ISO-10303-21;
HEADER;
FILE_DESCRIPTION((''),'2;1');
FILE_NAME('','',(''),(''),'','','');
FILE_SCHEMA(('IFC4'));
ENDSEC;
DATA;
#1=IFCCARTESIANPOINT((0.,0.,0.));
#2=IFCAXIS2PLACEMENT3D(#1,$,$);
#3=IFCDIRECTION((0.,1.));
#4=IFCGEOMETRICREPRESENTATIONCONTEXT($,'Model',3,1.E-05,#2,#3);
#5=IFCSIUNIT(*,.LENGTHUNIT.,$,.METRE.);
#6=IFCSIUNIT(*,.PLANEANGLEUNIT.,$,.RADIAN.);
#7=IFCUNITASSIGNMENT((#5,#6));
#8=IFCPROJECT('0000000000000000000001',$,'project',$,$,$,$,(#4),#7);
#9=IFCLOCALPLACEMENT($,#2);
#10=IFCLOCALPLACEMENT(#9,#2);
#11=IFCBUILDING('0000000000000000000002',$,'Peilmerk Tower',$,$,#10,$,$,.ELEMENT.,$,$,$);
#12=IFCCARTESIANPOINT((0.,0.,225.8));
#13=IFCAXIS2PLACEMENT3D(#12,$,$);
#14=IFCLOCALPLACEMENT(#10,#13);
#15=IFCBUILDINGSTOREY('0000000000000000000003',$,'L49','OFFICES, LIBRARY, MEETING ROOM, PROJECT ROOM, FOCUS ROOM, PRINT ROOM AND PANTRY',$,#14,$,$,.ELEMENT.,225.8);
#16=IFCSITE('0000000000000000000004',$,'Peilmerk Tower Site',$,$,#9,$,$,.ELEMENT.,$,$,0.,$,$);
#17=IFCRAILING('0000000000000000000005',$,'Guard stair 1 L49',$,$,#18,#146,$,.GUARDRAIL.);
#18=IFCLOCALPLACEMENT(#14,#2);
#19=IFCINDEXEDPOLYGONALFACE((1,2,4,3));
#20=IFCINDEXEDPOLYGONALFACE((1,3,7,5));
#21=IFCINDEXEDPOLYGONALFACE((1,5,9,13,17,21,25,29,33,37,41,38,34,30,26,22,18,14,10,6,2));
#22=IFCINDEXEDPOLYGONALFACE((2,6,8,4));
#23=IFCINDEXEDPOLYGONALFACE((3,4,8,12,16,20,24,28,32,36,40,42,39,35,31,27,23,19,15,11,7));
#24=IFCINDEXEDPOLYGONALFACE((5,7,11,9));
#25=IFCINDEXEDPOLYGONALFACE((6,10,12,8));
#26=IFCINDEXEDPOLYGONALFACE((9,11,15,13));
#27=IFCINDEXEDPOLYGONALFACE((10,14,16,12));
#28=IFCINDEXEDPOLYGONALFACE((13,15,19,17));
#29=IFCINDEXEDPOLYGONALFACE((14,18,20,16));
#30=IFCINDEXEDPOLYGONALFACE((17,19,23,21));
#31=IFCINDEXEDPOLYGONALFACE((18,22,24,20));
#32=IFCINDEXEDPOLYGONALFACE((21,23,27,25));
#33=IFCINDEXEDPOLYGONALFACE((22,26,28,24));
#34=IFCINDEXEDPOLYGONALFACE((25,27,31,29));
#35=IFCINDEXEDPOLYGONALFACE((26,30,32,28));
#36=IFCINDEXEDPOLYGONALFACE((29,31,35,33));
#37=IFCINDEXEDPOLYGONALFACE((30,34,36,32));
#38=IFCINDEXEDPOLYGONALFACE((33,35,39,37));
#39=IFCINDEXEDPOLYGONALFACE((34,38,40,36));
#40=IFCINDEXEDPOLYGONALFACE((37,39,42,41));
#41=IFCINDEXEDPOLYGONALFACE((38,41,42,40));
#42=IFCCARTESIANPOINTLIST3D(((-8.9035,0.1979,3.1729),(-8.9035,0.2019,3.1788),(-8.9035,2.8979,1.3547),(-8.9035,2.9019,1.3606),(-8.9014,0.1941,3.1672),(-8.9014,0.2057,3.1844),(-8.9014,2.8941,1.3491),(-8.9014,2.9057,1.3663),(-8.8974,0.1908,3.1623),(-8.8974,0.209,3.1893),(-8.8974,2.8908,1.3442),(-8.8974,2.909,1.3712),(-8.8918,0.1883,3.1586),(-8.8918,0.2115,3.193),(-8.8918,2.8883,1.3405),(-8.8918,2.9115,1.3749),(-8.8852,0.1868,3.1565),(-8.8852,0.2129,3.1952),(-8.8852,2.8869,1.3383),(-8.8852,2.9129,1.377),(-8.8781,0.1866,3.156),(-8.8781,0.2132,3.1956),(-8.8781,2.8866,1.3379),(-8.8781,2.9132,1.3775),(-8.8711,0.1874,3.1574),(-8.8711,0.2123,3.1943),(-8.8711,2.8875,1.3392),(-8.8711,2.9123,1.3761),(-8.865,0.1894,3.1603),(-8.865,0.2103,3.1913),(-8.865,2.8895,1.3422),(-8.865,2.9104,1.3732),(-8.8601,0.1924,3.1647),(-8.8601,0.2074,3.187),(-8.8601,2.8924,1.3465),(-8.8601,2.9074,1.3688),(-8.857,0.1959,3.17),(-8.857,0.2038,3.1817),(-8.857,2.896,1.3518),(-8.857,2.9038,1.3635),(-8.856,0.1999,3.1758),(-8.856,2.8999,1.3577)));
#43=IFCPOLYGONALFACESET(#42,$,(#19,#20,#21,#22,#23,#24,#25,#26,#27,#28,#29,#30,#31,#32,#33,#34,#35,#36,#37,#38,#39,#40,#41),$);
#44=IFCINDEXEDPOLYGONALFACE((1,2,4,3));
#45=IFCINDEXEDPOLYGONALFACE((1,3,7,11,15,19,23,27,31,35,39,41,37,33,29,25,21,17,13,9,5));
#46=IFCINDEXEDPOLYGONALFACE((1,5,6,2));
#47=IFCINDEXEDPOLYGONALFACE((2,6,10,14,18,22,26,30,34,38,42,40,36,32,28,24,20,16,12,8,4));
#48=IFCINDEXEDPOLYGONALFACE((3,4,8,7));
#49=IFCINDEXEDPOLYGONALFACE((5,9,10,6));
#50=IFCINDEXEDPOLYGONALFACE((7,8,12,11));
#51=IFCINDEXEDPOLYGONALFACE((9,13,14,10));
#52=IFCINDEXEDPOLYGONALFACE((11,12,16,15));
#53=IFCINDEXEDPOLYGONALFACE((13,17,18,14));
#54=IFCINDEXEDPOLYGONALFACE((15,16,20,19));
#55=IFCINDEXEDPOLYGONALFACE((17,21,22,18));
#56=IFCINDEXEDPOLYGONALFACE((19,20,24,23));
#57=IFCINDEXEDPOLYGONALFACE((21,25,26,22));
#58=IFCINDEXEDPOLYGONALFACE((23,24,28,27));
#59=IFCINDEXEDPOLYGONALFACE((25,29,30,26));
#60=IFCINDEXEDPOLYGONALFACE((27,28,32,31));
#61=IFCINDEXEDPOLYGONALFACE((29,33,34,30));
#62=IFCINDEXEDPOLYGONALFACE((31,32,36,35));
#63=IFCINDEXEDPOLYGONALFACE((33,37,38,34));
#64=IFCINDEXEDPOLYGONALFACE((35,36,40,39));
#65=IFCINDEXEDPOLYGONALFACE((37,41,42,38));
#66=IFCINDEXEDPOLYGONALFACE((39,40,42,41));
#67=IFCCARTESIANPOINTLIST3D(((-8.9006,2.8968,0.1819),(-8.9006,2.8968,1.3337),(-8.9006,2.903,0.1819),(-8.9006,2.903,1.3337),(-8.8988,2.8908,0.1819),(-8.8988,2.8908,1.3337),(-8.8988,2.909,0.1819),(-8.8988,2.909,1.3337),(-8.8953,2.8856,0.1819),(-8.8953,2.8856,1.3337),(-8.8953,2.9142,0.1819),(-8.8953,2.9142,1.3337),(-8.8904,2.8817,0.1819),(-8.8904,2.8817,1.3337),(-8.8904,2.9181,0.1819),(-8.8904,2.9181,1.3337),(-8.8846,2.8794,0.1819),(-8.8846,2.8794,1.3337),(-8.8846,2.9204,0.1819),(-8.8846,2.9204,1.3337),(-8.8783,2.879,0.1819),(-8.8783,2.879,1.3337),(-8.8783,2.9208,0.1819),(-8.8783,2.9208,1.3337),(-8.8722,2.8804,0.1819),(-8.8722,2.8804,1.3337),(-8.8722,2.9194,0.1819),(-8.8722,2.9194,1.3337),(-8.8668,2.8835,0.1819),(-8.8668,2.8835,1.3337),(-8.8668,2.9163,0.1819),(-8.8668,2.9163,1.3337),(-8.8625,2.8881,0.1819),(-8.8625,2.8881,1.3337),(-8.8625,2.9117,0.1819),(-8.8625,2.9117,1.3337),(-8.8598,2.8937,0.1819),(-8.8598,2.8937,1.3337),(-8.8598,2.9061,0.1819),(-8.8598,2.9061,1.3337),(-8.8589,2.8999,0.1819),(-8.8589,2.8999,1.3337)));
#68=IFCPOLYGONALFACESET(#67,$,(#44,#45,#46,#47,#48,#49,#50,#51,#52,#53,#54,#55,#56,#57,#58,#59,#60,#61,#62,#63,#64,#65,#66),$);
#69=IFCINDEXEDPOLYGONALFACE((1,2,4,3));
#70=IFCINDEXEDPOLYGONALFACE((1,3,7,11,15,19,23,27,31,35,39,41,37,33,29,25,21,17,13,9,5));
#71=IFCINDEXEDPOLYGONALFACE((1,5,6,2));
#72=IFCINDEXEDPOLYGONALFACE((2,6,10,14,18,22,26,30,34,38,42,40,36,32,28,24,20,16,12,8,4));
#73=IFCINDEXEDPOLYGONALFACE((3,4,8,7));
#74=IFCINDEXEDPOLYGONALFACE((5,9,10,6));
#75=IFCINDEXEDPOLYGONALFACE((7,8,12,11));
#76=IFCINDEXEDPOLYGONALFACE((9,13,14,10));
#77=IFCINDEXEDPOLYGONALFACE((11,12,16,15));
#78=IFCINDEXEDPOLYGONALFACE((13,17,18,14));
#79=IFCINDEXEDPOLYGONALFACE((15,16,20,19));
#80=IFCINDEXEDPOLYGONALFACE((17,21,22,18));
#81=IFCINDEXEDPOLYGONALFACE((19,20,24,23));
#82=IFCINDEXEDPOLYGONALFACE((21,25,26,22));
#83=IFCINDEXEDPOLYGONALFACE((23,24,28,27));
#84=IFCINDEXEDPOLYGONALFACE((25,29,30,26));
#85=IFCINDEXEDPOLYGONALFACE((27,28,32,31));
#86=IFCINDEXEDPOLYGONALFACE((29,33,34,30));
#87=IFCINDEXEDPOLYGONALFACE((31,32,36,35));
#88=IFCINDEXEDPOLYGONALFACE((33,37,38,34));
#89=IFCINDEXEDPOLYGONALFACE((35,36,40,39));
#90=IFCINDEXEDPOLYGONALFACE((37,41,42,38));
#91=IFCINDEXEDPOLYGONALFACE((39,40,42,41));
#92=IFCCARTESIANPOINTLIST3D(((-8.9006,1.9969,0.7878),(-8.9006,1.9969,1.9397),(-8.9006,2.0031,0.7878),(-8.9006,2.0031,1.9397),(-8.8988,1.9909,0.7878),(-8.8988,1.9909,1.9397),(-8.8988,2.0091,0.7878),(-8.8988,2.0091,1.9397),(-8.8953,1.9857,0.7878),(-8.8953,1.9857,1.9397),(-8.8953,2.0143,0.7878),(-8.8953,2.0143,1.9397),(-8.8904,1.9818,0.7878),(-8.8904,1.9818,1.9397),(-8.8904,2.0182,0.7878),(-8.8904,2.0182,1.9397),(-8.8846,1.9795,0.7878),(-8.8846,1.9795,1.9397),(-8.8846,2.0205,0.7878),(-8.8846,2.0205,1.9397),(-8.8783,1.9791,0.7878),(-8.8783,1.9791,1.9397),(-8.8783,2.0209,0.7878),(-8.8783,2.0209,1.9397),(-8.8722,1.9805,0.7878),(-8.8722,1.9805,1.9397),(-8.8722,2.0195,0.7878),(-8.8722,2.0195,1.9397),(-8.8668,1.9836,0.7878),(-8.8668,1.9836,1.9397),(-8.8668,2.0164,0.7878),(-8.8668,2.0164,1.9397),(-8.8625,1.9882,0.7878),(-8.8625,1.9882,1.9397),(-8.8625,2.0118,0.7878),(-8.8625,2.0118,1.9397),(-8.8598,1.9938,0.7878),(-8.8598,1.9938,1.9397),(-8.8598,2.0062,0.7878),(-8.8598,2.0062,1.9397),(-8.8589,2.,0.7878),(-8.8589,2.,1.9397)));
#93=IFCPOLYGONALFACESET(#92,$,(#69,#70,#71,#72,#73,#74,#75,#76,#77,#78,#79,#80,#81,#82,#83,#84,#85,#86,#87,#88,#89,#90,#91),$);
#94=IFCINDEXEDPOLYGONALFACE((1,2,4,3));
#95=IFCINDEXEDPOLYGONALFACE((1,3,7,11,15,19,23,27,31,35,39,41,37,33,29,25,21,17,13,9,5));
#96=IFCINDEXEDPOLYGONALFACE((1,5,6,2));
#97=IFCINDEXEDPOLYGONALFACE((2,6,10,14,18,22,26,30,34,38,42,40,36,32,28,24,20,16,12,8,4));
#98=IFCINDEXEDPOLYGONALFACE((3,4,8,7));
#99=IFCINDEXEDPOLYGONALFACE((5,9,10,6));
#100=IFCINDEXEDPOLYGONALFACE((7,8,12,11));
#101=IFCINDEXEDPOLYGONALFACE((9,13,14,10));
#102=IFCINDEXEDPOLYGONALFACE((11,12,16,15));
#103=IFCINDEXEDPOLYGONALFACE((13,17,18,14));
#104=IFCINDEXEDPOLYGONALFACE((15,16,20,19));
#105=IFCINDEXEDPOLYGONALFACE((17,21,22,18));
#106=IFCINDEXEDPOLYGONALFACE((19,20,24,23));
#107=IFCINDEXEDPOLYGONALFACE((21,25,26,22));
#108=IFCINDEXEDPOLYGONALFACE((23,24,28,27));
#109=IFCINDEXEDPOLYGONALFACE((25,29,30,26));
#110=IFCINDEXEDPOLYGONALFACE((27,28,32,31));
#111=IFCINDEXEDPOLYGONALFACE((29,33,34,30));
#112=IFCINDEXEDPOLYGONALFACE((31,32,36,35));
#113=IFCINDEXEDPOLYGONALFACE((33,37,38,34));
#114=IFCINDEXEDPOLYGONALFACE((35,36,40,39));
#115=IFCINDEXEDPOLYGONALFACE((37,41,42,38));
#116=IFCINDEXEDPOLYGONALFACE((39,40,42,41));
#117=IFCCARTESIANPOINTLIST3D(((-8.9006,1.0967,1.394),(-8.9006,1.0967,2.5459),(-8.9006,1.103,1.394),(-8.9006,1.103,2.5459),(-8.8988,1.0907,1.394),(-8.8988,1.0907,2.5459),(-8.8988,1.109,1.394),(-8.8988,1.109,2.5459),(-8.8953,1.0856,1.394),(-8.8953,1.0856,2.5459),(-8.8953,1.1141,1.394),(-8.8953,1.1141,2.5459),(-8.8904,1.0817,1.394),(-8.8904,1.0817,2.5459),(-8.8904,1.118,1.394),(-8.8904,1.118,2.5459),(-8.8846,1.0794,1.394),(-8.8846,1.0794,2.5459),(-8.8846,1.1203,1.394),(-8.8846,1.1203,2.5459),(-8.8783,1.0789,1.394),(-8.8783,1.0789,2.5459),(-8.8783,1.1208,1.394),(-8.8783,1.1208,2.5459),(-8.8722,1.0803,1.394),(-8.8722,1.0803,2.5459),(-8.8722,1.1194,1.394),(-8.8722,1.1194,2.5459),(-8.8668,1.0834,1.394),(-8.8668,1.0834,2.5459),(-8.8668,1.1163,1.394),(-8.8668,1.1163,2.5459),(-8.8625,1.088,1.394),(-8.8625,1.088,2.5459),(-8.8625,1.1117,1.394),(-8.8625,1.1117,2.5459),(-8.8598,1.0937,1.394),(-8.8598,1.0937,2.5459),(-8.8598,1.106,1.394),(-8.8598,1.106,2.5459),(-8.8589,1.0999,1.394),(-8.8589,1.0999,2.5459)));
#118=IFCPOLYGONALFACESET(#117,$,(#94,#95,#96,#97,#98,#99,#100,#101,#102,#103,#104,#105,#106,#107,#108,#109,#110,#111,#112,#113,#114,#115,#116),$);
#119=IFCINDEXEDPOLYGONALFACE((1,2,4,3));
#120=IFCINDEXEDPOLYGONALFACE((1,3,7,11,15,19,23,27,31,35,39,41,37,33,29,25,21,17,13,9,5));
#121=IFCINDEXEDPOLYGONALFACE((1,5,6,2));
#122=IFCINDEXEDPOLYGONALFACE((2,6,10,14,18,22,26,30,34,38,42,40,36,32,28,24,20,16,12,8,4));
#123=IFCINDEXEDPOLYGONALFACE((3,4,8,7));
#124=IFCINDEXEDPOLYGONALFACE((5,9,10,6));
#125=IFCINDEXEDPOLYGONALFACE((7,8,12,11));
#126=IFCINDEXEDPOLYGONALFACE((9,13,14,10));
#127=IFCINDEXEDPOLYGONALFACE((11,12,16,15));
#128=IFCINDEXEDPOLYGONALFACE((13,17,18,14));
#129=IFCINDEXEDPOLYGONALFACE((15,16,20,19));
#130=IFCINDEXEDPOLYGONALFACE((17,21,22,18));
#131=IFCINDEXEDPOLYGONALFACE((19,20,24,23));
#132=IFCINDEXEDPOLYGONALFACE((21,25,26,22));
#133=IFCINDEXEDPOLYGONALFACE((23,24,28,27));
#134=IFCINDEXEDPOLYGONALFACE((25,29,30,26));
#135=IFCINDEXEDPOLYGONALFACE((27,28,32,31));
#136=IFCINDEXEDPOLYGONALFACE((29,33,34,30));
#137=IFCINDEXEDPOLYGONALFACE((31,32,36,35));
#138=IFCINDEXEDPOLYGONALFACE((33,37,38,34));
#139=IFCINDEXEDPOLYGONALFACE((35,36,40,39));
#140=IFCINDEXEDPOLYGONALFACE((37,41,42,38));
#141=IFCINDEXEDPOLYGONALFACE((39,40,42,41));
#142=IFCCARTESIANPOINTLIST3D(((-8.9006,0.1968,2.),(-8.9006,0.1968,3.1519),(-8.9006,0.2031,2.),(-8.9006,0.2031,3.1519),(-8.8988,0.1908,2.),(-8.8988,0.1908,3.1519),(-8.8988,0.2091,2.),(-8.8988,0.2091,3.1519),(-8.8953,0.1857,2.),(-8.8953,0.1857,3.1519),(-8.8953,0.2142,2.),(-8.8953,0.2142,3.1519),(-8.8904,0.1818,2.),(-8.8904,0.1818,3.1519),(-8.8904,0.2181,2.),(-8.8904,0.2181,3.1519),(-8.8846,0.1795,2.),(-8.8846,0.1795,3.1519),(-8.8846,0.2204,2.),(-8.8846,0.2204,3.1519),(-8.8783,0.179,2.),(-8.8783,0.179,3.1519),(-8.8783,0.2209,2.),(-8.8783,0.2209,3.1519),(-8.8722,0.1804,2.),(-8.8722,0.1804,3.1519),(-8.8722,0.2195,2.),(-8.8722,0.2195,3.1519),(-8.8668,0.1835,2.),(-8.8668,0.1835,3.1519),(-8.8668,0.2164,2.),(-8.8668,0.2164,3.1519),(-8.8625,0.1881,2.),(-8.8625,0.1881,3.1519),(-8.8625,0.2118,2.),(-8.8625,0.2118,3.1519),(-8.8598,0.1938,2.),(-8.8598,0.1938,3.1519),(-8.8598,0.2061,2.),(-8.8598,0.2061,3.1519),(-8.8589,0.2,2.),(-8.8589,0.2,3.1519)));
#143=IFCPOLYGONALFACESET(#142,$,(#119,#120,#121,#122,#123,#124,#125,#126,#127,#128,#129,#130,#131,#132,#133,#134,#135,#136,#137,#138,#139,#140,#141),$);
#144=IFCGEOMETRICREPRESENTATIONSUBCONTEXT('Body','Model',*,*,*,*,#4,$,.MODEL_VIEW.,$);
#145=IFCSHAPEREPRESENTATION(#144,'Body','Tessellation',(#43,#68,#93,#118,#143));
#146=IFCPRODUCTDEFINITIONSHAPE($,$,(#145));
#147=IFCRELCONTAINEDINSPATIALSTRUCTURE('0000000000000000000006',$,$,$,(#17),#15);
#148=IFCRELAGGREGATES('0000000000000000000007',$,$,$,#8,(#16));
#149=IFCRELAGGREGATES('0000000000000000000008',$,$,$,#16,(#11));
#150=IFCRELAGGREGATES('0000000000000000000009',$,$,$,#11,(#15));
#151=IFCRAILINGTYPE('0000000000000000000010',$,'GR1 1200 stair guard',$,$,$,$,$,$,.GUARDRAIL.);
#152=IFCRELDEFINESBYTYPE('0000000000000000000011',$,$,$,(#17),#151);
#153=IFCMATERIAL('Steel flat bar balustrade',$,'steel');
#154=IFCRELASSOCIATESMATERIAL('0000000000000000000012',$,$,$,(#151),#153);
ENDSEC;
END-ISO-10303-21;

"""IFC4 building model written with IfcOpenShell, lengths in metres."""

from ifc_helpers import new_model, si_unit, direction, frame, origin, origin_2d, place, context, subcontext, project, spatial, circle, extrude, material, type_object, element, save


model = new_model("IFC4")

# Units and contexts
model_context = context("Model", 3, precision=1e-05, world=origin(), true_north=direction((0.0, 1.0)))
body_context = subcontext(model_context, "Body", "Model", "MODEL_VIEW")
ifc_project = project(units=[si_unit("LENGTHUNIT", "METRE"), si_unit("PLANEANGLEUNIT", "RADIAN")], contexts=[model_context])

# Site, building, storey
site_placement = place(None, origin())
site = spatial("IfcSite", under=ifc_project, at=site_placement, Name="Peilmerk Tower Site", CompositionType="ELEMENT", RefElevation=0.0)
building_placement = place(site_placement, origin())
building = spatial("IfcBuilding", under=site, at=building_placement, Name="Peilmerk Tower", CompositionType="ELEMENT")
storey_placement = place(building_placement, frame((0.0, 0.0, 225.8)))
storey = spatial("IfcBuildingStorey", under=building, at=storey_placement, Name="L49", Description="OFFICES, LIBRARY, MEETING ROOM, PROJECT ROOM, FOCUS ROOM, PRINT ROOM AND PANTRY", CompositionType="ELEMENT", Elevation=225.8)

# Railing
ifc_material_1 = material(Name="Steel flat bar balustrade", Category="steel")
railing_type_1 = type_object("IfcRailingType", Name="GR1 1200 stair guard", PredefinedType="GUARDRAIL", material=ifc_material_1)
railing_1_placement = place(storey_placement, frame((-8.8799, 2.8999, 0.1819)))
element("IfcRailing", 1, at=railing_1_placement, inside=storey, type_object=railing_type_1, Name="Guard stair 1 L49", PredefinedType="GUARDRAIL", context=body_context, shape_type="SweptSolid", body=[
    extrude(circle(Radius=0.0239, at=origin_2d()), frame((0.0, 0.0, 1.1758), z_axis=(0.0, -0.829468, 0.558554), x_axis=(1.0, 0.0, 0.0)), (0.0, 0.0, 1.0), 3.2551),
    extrude(circle(Radius=0.021, at=origin_2d()), origin(), (0.0, 0.0, 1.0), 1.1519),
    extrude(circle(Radius=0.021, at=origin_2d()), frame((0.0, -0.8999, 0.606)), (0.0, 0.0, 1.0), 1.1519),
    extrude(circle(Radius=0.021, at=origin_2d()), frame((0.0, -1.8, 1.2122)), (0.0, 0.0, 1.0), 1.1519),
    extrude(circle(Radius=0.021, at=origin_2d()), frame((0.0, -2.7, 1.8181)), (0.0, 0.0, 1.0), 1.1519),
])

save(model, "model.ifc")
